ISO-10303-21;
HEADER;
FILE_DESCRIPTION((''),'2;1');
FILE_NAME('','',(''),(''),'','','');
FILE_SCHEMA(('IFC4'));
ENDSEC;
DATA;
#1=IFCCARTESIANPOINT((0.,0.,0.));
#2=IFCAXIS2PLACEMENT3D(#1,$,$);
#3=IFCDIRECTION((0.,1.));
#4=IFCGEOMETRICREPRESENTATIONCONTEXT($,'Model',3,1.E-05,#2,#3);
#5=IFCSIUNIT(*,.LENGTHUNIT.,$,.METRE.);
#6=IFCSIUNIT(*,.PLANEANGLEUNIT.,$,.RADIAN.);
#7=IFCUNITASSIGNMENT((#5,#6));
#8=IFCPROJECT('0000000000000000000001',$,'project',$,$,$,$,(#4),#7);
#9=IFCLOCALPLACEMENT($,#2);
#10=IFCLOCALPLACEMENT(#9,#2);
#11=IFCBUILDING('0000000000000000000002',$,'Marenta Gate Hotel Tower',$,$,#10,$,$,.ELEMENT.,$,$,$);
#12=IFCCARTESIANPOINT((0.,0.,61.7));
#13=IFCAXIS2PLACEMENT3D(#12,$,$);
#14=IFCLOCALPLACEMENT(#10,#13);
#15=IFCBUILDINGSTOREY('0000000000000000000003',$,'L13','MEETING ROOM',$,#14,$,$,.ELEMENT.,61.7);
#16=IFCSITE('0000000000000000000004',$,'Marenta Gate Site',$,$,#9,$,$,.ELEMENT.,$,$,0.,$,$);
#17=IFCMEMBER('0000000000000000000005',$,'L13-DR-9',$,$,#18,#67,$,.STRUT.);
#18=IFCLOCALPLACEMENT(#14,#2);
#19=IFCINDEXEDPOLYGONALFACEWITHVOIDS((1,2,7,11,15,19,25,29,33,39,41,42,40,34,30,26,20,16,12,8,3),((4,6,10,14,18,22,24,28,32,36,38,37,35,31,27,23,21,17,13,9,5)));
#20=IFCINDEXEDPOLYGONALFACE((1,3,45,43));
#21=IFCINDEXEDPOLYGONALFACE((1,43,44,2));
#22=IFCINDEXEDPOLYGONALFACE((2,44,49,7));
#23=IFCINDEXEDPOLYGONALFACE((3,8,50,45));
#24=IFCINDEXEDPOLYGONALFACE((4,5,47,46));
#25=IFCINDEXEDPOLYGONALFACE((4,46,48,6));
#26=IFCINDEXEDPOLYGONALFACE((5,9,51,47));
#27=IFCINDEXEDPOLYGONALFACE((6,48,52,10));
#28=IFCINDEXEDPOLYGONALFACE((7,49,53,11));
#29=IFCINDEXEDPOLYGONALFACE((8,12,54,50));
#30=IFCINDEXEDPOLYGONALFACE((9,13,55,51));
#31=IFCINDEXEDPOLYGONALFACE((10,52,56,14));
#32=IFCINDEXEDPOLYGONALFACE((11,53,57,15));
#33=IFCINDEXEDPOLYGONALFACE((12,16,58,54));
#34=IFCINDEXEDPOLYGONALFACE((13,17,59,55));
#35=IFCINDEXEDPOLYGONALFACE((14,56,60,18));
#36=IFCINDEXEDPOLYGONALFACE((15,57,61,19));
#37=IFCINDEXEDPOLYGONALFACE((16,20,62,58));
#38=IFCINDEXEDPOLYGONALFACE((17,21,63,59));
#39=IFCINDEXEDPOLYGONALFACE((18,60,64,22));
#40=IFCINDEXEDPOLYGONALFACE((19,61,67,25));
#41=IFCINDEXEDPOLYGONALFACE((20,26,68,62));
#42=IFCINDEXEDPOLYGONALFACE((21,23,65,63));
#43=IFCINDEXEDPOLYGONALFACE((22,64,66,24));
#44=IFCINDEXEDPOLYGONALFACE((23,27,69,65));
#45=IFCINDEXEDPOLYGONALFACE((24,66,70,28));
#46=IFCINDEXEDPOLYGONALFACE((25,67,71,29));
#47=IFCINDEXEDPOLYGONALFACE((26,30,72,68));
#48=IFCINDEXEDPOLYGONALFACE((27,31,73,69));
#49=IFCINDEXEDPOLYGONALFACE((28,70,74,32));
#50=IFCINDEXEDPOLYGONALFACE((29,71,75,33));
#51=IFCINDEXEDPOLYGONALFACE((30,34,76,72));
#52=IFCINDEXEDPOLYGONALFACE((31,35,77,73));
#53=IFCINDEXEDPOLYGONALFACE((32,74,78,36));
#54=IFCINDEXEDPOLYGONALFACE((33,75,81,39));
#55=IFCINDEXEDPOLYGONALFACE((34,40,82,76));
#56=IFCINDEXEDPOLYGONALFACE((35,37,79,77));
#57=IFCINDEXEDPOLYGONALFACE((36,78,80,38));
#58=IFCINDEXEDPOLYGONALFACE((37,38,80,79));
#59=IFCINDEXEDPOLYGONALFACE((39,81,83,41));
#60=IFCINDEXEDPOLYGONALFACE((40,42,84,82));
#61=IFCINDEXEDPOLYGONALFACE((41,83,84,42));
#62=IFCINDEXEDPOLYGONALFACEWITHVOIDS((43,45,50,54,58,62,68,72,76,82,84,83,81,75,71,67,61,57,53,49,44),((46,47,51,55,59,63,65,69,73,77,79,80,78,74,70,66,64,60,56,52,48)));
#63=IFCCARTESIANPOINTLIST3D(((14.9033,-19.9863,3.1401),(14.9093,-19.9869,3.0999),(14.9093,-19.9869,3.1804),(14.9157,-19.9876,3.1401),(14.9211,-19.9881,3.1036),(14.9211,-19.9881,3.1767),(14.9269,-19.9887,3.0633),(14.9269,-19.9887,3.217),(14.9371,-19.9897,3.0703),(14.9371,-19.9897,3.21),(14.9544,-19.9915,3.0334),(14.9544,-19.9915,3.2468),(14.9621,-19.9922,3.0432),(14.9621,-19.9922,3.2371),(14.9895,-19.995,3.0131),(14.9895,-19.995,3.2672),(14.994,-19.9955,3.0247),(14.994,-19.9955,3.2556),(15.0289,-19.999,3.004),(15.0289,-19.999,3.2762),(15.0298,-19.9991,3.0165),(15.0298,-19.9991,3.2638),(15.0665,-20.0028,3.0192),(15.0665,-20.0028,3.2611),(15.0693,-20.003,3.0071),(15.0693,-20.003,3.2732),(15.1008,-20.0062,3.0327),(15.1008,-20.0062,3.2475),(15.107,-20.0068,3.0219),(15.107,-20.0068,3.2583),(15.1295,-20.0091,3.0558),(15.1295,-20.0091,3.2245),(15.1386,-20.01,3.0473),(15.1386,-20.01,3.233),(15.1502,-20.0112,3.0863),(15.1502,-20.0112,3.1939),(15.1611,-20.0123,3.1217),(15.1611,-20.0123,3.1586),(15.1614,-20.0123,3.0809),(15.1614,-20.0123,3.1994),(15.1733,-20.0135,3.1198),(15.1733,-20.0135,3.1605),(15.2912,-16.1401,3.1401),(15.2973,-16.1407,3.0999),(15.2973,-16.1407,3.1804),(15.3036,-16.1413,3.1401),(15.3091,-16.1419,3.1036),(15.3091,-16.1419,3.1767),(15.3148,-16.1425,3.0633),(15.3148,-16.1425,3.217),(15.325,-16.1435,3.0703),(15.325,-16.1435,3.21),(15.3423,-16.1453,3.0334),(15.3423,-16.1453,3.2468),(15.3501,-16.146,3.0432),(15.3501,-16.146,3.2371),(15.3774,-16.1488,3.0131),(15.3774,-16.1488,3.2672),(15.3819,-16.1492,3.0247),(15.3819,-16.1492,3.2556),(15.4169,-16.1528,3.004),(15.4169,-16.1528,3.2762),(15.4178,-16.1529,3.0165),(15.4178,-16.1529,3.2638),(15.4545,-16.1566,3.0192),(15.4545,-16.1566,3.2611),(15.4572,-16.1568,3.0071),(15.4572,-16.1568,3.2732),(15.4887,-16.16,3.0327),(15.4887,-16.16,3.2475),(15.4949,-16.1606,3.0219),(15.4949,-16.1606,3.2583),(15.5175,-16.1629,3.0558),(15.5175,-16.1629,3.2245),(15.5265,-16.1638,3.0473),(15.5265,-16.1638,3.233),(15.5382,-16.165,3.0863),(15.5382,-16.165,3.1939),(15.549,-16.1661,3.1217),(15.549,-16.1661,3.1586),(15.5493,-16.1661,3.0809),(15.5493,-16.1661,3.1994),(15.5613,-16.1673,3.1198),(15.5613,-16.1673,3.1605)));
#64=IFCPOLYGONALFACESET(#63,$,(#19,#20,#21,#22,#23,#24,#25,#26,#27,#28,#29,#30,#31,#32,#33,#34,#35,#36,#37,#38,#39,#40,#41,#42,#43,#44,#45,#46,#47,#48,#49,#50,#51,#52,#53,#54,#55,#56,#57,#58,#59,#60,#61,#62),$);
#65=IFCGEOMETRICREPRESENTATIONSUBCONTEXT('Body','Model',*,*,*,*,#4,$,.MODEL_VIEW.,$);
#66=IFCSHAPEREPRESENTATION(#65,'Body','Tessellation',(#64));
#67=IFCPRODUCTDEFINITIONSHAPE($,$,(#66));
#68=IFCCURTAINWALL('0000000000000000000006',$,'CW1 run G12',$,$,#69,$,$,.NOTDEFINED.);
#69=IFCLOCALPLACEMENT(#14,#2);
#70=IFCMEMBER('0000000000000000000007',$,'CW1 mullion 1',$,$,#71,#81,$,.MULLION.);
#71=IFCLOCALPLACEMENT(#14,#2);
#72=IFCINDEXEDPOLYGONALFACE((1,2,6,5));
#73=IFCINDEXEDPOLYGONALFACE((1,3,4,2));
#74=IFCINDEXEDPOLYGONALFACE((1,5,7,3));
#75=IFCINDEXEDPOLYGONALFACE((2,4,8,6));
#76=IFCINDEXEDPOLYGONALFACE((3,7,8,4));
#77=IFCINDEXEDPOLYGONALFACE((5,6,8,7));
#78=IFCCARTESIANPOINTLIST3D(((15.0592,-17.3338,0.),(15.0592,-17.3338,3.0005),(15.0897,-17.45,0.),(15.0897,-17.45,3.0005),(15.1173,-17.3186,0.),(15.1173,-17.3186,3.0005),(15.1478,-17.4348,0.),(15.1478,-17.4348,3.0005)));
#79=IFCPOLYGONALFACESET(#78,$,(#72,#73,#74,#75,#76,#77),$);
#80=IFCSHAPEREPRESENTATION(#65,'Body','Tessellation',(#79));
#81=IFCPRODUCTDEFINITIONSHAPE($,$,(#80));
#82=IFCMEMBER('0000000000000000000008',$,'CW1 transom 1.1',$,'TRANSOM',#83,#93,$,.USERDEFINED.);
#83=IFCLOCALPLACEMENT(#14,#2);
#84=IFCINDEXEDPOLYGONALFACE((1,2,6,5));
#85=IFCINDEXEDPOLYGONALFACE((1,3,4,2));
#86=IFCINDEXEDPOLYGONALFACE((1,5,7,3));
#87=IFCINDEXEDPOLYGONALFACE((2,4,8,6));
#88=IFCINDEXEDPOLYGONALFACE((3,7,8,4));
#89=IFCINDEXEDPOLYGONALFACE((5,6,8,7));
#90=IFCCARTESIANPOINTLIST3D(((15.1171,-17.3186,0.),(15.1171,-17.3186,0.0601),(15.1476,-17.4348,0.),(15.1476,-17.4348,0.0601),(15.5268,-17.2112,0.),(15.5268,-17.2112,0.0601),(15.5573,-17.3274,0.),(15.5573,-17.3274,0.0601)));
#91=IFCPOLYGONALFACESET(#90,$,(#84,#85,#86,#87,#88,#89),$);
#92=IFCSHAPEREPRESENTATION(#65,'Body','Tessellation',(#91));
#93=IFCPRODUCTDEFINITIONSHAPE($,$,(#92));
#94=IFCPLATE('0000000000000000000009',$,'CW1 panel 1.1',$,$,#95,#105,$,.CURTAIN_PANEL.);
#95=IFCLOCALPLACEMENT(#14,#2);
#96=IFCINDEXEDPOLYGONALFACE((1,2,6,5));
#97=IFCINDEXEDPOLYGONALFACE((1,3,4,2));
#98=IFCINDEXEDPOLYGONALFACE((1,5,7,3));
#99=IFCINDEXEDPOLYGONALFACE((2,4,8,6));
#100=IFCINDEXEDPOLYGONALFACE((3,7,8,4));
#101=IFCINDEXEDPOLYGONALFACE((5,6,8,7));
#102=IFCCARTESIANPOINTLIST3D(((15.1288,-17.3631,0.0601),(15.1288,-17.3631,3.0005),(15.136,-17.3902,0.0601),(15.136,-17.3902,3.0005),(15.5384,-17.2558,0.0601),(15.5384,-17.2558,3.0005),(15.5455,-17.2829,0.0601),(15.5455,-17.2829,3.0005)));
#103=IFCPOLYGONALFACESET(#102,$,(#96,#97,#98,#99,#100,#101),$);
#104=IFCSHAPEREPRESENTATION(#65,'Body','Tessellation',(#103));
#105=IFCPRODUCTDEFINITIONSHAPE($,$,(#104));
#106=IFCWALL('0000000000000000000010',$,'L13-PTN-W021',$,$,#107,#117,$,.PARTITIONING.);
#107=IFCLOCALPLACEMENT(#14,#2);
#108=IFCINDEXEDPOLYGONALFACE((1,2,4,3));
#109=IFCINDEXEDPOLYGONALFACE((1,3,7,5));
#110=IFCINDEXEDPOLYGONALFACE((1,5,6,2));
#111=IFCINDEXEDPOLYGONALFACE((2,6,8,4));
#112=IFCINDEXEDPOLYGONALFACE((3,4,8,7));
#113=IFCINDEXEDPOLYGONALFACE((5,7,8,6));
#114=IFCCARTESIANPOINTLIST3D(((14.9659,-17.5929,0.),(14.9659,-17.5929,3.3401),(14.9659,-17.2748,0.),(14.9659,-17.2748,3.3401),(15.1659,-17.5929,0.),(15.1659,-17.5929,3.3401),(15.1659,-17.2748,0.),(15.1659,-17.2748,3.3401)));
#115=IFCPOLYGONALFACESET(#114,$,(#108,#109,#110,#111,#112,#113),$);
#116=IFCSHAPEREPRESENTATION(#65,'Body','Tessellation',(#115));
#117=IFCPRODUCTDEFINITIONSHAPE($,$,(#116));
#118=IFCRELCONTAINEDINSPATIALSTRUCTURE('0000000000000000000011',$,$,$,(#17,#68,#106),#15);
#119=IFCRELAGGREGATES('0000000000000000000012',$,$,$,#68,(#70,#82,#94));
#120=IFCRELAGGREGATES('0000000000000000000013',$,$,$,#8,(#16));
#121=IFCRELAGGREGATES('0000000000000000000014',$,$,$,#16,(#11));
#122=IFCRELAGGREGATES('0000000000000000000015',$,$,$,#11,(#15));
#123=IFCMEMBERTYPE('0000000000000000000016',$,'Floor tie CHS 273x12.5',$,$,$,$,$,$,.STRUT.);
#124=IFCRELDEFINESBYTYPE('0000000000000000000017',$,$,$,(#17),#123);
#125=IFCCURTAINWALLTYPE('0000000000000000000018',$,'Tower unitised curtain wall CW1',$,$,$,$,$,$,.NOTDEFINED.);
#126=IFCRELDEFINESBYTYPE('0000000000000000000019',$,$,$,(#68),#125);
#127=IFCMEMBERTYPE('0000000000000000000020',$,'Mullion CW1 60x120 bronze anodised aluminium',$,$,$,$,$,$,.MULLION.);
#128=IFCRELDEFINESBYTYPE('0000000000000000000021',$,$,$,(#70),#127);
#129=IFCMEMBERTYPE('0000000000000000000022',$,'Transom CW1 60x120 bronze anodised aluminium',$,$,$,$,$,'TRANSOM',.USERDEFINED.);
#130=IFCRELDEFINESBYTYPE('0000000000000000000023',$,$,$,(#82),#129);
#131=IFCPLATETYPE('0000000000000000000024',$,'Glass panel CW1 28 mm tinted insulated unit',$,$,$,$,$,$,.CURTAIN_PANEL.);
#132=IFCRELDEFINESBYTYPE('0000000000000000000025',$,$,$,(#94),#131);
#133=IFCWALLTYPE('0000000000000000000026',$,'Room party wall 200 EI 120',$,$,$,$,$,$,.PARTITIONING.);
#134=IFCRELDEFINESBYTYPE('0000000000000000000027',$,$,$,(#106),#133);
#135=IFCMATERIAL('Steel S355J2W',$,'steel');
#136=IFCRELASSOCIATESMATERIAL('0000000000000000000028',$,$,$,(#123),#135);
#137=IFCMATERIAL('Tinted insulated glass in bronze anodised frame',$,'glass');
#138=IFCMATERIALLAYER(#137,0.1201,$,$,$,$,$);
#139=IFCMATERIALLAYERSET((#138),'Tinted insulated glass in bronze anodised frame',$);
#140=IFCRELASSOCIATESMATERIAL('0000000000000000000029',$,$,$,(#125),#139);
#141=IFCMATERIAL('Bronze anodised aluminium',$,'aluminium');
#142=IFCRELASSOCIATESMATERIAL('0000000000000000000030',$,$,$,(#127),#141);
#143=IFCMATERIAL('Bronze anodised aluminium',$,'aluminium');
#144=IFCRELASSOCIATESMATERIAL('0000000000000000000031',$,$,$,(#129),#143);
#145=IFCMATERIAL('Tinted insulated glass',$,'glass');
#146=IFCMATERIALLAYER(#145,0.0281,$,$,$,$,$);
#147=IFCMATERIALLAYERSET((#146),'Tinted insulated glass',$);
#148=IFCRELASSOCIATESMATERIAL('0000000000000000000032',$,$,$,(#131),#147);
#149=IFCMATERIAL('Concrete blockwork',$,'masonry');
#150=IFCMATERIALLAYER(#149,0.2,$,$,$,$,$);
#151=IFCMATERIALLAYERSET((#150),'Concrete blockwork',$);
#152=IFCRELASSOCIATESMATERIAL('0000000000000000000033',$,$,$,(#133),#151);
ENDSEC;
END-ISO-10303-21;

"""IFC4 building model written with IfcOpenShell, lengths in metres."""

from ifc_helpers import new_model, si_unit, direction, frame, frame_2d, origin, origin_2d, place, context, subcontext, project, spatial, rectangle, hollow_circle, extrude, material, layer, layer_set, material_profile, profile_set, type_object, element, aggregate, save


model = new_model("IFC4")

# Units and contexts
model_context = context("Model", 3, precision=1e-05, world=origin(), true_north=direction((0.0, 1.0)))
body_context = subcontext(model_context, "Body", "Model", "MODEL_VIEW")
ifc_project = project(units=[si_unit("LENGTHUNIT", "METRE"), si_unit("PLANEANGLEUNIT", "RADIAN")], contexts=[model_context])

# Site, building, storey
site_placement = place(None, origin())
site = spatial("IfcSite", under=ifc_project, at=site_placement, Name="Marenta Gate Site", CompositionType="ELEMENT", RefElevation=0.0)
building_placement = place(site_placement, origin())
building = spatial("IfcBuilding", under=site, at=building_placement, Name="Marenta Gate Hotel Tower", CompositionType="ELEMENT")
storey_placement = place(building_placement, frame((0.0, 0.0, 61.7)))
storey = spatial("IfcBuildingStorey", under=building, at=storey_placement, Name="L13", Description="MEETING ROOM", CompositionType="ELEMENT", Elevation=61.7)

# Member
ifc_material_1 = material(Name="Steel S355J2W", Category="steel")
ifc_material_profile_1 = material_profile(ifc_material_1, hollow_circle(Radius=0.1365, WallThickness=0.0125, at=origin_2d()), Name="CHS 273x12.5")
ifc_profile_set_1 = profile_set([ifc_material_profile_1], Name="Steel S355J2W")
member_type_1 = type_object("IfcMemberType", Name="Floor tie CHS 273x12.5", PredefinedType="STRUT", material=ifc_profile_set_1)
member_1_placement = place(storey_placement, frame((15.0391, -20.0, 3.1401), z_axis=(0.100354, 0.994952, 0.0), x_axis=(-0.994952, 0.100354, 0.0)))
element("IfcMember", 1, at=member_1_placement, inside=storey, type_object=member_type_1, Name="L13-DR-9", PredefinedType="STRUT", context=body_context, shape_type="SweptSolid", body=[
    extrude(hollow_circle(Radius=0.1365, WallThickness=0.0125, at=origin_2d()), origin(), (0.0, 0.0, 1.0), 3.8657),
])

# Curtain wall, members, plate
ifc_material_2 = material(Name="Tinted insulated glass in bronze anodised frame", Category="glass")
ifc_layer_1 = layer(ifc_material_2, 0.1201)
ifc_layer_set_1 = layer_set([ifc_layer_1], Name="Tinted insulated glass in bronze anodised frame")
curtain_wall_type = type_object("IfcCurtainWallType", Name="Tower unitised curtain wall CW1", PredefinedType="NOTDEFINED", material=ifc_layer_set_1)
curtain_wall_placement = place(storey_placement, origin())
curtain_wall = element("IfcCurtainWall", 2, at=curtain_wall_placement, inside=storey, type_object=curtain_wall_type, Name="CW1 run G12", PredefinedType="NOTDEFINED")
ifc_material_3 = material(Name="Bronze anodised aluminium", Category="aluminium")
ifc_material_profile_2 = material_profile(ifc_material_3, rectangle(XDim=0.1201, YDim=0.0601, at=origin_2d()), Name="Mullion CW1 60x120 bronze anodised aluminium")
ifc_profile_set_2 = profile_set([ifc_material_profile_2], Name="Bronze anodised aluminium")
member_type_2 = type_object("IfcMemberType", Name="Mullion CW1 60x120 bronze anodised aluminium", PredefinedType="MULLION", material=ifc_profile_set_2)
member_2_placement = place(storey_placement, frame((15.1035, -17.3843, 0.0), z_axis=(0.0, 0.0, 1.0), x_axis=(-0.253424, 0.967355, 0.0)))
member_2 = element("IfcMember", 3, at=member_2_placement, type_object=member_type_2, Name="CW1 mullion 1", PredefinedType="MULLION", context=body_context, shape_type="SweptSolid", body=[
    extrude(rectangle(XDim=0.1201, YDim=0.0601, at=origin_2d()), origin(), (0.0, 0.0, 1.0), 3.0005),
])
ifc_material_4 = material(Name="Bronze anodised aluminium", Category="aluminium")
ifc_material_profile_3 = material_profile(ifc_material_4, rectangle(XDim=0.1201, YDim=0.0601, at=origin_2d()), Name="Transom CW1 60x120 bronze anodised aluminium")
ifc_profile_set_3 = profile_set([ifc_material_profile_3], Name="Bronze anodised aluminium")
member_type_3 = type_object("IfcMemberType", Name="Transom CW1 60x120 bronze anodised aluminium", ElementType="TRANSOM", PredefinedType="USERDEFINED", material=ifc_profile_set_3)
member_3_placement = place(storey_placement, frame((15.1323, -17.3767, 0.03), z_axis=(0.967298, 0.253642, 0.0), x_axis=(-0.253642, 0.967298, 0.0)))
member_3 = element("IfcMember", 4, at=member_3_placement, type_object=member_type_3, Name="CW1 transom 1.1", ObjectType="TRANSOM", PredefinedType="USERDEFINED", context=body_context, shape_type="SweptSolid", body=[
    extrude(rectangle(XDim=0.1201, YDim=0.0601, at=origin_2d()), origin(), (0.0, 0.0, 1.0), 0.4236),
])
ifc_material_5 = material(Name="Tinted insulated glass", Category="glass")
ifc_layer_2 = layer(ifc_material_5, 0.0281)
ifc_layer_set_2 = layer_set([ifc_layer_2], Name="Tinted insulated glass")
plate_type = type_object("IfcPlateType", Name="Glass panel CW1 28 mm tinted insulated unit", PredefinedType="CURTAIN_PANEL", material=ifc_layer_set_2)
plate_placement = place(storey_placement, frame((15.3372, -17.323, 0.0601), z_axis=(0.0, 0.0, 1.0), x_axis=(0.967355, 0.253424, 0.0)))
plate = element("IfcPlate", 5, at=plate_placement, type_object=plate_type, Name="CW1 panel 1.1", PredefinedType="CURTAIN_PANEL", context=body_context, shape_type="SweptSolid", body=[
    extrude(rectangle(XDim=0.4233, YDim=0.0281, at=origin_2d()), origin(), (0.0, 0.0, 1.0), 2.9404),
])
aggregate(curtain_wall, [member_2, member_3, plate])

# Wall
ifc_material_6 = material(Name="Concrete blockwork", Category="masonry")
ifc_layer_3 = layer(ifc_material_6, 0.2)
ifc_layer_set_3 = layer_set([ifc_layer_3], Name="Concrete blockwork")
wall_type = type_object("IfcWallType", Name="Room party wall 200 EI 120", PredefinedType="PARTITIONING", material=ifc_layer_set_3)
wall_placement = place(storey_placement, frame((15.0659, -17.593, 0.0), z_axis=(0.0, 0.0, 1.0), x_axis=(0.0, 1.0, 0.0)))
element("IfcWall", 6, at=wall_placement, inside=storey, type_object=wall_type, Name="L13-PTN-W021", PredefinedType="PARTITIONING", context=body_context, shape_type="SweptSolid", body=[
    extrude(rectangle(XDim=0.3181, YDim=0.2, at=frame_2d((0.1592, 0.0))), origin(), (0.0, 0.0, 1.0), 3.3401),
])

save(model, "model.ifc")
